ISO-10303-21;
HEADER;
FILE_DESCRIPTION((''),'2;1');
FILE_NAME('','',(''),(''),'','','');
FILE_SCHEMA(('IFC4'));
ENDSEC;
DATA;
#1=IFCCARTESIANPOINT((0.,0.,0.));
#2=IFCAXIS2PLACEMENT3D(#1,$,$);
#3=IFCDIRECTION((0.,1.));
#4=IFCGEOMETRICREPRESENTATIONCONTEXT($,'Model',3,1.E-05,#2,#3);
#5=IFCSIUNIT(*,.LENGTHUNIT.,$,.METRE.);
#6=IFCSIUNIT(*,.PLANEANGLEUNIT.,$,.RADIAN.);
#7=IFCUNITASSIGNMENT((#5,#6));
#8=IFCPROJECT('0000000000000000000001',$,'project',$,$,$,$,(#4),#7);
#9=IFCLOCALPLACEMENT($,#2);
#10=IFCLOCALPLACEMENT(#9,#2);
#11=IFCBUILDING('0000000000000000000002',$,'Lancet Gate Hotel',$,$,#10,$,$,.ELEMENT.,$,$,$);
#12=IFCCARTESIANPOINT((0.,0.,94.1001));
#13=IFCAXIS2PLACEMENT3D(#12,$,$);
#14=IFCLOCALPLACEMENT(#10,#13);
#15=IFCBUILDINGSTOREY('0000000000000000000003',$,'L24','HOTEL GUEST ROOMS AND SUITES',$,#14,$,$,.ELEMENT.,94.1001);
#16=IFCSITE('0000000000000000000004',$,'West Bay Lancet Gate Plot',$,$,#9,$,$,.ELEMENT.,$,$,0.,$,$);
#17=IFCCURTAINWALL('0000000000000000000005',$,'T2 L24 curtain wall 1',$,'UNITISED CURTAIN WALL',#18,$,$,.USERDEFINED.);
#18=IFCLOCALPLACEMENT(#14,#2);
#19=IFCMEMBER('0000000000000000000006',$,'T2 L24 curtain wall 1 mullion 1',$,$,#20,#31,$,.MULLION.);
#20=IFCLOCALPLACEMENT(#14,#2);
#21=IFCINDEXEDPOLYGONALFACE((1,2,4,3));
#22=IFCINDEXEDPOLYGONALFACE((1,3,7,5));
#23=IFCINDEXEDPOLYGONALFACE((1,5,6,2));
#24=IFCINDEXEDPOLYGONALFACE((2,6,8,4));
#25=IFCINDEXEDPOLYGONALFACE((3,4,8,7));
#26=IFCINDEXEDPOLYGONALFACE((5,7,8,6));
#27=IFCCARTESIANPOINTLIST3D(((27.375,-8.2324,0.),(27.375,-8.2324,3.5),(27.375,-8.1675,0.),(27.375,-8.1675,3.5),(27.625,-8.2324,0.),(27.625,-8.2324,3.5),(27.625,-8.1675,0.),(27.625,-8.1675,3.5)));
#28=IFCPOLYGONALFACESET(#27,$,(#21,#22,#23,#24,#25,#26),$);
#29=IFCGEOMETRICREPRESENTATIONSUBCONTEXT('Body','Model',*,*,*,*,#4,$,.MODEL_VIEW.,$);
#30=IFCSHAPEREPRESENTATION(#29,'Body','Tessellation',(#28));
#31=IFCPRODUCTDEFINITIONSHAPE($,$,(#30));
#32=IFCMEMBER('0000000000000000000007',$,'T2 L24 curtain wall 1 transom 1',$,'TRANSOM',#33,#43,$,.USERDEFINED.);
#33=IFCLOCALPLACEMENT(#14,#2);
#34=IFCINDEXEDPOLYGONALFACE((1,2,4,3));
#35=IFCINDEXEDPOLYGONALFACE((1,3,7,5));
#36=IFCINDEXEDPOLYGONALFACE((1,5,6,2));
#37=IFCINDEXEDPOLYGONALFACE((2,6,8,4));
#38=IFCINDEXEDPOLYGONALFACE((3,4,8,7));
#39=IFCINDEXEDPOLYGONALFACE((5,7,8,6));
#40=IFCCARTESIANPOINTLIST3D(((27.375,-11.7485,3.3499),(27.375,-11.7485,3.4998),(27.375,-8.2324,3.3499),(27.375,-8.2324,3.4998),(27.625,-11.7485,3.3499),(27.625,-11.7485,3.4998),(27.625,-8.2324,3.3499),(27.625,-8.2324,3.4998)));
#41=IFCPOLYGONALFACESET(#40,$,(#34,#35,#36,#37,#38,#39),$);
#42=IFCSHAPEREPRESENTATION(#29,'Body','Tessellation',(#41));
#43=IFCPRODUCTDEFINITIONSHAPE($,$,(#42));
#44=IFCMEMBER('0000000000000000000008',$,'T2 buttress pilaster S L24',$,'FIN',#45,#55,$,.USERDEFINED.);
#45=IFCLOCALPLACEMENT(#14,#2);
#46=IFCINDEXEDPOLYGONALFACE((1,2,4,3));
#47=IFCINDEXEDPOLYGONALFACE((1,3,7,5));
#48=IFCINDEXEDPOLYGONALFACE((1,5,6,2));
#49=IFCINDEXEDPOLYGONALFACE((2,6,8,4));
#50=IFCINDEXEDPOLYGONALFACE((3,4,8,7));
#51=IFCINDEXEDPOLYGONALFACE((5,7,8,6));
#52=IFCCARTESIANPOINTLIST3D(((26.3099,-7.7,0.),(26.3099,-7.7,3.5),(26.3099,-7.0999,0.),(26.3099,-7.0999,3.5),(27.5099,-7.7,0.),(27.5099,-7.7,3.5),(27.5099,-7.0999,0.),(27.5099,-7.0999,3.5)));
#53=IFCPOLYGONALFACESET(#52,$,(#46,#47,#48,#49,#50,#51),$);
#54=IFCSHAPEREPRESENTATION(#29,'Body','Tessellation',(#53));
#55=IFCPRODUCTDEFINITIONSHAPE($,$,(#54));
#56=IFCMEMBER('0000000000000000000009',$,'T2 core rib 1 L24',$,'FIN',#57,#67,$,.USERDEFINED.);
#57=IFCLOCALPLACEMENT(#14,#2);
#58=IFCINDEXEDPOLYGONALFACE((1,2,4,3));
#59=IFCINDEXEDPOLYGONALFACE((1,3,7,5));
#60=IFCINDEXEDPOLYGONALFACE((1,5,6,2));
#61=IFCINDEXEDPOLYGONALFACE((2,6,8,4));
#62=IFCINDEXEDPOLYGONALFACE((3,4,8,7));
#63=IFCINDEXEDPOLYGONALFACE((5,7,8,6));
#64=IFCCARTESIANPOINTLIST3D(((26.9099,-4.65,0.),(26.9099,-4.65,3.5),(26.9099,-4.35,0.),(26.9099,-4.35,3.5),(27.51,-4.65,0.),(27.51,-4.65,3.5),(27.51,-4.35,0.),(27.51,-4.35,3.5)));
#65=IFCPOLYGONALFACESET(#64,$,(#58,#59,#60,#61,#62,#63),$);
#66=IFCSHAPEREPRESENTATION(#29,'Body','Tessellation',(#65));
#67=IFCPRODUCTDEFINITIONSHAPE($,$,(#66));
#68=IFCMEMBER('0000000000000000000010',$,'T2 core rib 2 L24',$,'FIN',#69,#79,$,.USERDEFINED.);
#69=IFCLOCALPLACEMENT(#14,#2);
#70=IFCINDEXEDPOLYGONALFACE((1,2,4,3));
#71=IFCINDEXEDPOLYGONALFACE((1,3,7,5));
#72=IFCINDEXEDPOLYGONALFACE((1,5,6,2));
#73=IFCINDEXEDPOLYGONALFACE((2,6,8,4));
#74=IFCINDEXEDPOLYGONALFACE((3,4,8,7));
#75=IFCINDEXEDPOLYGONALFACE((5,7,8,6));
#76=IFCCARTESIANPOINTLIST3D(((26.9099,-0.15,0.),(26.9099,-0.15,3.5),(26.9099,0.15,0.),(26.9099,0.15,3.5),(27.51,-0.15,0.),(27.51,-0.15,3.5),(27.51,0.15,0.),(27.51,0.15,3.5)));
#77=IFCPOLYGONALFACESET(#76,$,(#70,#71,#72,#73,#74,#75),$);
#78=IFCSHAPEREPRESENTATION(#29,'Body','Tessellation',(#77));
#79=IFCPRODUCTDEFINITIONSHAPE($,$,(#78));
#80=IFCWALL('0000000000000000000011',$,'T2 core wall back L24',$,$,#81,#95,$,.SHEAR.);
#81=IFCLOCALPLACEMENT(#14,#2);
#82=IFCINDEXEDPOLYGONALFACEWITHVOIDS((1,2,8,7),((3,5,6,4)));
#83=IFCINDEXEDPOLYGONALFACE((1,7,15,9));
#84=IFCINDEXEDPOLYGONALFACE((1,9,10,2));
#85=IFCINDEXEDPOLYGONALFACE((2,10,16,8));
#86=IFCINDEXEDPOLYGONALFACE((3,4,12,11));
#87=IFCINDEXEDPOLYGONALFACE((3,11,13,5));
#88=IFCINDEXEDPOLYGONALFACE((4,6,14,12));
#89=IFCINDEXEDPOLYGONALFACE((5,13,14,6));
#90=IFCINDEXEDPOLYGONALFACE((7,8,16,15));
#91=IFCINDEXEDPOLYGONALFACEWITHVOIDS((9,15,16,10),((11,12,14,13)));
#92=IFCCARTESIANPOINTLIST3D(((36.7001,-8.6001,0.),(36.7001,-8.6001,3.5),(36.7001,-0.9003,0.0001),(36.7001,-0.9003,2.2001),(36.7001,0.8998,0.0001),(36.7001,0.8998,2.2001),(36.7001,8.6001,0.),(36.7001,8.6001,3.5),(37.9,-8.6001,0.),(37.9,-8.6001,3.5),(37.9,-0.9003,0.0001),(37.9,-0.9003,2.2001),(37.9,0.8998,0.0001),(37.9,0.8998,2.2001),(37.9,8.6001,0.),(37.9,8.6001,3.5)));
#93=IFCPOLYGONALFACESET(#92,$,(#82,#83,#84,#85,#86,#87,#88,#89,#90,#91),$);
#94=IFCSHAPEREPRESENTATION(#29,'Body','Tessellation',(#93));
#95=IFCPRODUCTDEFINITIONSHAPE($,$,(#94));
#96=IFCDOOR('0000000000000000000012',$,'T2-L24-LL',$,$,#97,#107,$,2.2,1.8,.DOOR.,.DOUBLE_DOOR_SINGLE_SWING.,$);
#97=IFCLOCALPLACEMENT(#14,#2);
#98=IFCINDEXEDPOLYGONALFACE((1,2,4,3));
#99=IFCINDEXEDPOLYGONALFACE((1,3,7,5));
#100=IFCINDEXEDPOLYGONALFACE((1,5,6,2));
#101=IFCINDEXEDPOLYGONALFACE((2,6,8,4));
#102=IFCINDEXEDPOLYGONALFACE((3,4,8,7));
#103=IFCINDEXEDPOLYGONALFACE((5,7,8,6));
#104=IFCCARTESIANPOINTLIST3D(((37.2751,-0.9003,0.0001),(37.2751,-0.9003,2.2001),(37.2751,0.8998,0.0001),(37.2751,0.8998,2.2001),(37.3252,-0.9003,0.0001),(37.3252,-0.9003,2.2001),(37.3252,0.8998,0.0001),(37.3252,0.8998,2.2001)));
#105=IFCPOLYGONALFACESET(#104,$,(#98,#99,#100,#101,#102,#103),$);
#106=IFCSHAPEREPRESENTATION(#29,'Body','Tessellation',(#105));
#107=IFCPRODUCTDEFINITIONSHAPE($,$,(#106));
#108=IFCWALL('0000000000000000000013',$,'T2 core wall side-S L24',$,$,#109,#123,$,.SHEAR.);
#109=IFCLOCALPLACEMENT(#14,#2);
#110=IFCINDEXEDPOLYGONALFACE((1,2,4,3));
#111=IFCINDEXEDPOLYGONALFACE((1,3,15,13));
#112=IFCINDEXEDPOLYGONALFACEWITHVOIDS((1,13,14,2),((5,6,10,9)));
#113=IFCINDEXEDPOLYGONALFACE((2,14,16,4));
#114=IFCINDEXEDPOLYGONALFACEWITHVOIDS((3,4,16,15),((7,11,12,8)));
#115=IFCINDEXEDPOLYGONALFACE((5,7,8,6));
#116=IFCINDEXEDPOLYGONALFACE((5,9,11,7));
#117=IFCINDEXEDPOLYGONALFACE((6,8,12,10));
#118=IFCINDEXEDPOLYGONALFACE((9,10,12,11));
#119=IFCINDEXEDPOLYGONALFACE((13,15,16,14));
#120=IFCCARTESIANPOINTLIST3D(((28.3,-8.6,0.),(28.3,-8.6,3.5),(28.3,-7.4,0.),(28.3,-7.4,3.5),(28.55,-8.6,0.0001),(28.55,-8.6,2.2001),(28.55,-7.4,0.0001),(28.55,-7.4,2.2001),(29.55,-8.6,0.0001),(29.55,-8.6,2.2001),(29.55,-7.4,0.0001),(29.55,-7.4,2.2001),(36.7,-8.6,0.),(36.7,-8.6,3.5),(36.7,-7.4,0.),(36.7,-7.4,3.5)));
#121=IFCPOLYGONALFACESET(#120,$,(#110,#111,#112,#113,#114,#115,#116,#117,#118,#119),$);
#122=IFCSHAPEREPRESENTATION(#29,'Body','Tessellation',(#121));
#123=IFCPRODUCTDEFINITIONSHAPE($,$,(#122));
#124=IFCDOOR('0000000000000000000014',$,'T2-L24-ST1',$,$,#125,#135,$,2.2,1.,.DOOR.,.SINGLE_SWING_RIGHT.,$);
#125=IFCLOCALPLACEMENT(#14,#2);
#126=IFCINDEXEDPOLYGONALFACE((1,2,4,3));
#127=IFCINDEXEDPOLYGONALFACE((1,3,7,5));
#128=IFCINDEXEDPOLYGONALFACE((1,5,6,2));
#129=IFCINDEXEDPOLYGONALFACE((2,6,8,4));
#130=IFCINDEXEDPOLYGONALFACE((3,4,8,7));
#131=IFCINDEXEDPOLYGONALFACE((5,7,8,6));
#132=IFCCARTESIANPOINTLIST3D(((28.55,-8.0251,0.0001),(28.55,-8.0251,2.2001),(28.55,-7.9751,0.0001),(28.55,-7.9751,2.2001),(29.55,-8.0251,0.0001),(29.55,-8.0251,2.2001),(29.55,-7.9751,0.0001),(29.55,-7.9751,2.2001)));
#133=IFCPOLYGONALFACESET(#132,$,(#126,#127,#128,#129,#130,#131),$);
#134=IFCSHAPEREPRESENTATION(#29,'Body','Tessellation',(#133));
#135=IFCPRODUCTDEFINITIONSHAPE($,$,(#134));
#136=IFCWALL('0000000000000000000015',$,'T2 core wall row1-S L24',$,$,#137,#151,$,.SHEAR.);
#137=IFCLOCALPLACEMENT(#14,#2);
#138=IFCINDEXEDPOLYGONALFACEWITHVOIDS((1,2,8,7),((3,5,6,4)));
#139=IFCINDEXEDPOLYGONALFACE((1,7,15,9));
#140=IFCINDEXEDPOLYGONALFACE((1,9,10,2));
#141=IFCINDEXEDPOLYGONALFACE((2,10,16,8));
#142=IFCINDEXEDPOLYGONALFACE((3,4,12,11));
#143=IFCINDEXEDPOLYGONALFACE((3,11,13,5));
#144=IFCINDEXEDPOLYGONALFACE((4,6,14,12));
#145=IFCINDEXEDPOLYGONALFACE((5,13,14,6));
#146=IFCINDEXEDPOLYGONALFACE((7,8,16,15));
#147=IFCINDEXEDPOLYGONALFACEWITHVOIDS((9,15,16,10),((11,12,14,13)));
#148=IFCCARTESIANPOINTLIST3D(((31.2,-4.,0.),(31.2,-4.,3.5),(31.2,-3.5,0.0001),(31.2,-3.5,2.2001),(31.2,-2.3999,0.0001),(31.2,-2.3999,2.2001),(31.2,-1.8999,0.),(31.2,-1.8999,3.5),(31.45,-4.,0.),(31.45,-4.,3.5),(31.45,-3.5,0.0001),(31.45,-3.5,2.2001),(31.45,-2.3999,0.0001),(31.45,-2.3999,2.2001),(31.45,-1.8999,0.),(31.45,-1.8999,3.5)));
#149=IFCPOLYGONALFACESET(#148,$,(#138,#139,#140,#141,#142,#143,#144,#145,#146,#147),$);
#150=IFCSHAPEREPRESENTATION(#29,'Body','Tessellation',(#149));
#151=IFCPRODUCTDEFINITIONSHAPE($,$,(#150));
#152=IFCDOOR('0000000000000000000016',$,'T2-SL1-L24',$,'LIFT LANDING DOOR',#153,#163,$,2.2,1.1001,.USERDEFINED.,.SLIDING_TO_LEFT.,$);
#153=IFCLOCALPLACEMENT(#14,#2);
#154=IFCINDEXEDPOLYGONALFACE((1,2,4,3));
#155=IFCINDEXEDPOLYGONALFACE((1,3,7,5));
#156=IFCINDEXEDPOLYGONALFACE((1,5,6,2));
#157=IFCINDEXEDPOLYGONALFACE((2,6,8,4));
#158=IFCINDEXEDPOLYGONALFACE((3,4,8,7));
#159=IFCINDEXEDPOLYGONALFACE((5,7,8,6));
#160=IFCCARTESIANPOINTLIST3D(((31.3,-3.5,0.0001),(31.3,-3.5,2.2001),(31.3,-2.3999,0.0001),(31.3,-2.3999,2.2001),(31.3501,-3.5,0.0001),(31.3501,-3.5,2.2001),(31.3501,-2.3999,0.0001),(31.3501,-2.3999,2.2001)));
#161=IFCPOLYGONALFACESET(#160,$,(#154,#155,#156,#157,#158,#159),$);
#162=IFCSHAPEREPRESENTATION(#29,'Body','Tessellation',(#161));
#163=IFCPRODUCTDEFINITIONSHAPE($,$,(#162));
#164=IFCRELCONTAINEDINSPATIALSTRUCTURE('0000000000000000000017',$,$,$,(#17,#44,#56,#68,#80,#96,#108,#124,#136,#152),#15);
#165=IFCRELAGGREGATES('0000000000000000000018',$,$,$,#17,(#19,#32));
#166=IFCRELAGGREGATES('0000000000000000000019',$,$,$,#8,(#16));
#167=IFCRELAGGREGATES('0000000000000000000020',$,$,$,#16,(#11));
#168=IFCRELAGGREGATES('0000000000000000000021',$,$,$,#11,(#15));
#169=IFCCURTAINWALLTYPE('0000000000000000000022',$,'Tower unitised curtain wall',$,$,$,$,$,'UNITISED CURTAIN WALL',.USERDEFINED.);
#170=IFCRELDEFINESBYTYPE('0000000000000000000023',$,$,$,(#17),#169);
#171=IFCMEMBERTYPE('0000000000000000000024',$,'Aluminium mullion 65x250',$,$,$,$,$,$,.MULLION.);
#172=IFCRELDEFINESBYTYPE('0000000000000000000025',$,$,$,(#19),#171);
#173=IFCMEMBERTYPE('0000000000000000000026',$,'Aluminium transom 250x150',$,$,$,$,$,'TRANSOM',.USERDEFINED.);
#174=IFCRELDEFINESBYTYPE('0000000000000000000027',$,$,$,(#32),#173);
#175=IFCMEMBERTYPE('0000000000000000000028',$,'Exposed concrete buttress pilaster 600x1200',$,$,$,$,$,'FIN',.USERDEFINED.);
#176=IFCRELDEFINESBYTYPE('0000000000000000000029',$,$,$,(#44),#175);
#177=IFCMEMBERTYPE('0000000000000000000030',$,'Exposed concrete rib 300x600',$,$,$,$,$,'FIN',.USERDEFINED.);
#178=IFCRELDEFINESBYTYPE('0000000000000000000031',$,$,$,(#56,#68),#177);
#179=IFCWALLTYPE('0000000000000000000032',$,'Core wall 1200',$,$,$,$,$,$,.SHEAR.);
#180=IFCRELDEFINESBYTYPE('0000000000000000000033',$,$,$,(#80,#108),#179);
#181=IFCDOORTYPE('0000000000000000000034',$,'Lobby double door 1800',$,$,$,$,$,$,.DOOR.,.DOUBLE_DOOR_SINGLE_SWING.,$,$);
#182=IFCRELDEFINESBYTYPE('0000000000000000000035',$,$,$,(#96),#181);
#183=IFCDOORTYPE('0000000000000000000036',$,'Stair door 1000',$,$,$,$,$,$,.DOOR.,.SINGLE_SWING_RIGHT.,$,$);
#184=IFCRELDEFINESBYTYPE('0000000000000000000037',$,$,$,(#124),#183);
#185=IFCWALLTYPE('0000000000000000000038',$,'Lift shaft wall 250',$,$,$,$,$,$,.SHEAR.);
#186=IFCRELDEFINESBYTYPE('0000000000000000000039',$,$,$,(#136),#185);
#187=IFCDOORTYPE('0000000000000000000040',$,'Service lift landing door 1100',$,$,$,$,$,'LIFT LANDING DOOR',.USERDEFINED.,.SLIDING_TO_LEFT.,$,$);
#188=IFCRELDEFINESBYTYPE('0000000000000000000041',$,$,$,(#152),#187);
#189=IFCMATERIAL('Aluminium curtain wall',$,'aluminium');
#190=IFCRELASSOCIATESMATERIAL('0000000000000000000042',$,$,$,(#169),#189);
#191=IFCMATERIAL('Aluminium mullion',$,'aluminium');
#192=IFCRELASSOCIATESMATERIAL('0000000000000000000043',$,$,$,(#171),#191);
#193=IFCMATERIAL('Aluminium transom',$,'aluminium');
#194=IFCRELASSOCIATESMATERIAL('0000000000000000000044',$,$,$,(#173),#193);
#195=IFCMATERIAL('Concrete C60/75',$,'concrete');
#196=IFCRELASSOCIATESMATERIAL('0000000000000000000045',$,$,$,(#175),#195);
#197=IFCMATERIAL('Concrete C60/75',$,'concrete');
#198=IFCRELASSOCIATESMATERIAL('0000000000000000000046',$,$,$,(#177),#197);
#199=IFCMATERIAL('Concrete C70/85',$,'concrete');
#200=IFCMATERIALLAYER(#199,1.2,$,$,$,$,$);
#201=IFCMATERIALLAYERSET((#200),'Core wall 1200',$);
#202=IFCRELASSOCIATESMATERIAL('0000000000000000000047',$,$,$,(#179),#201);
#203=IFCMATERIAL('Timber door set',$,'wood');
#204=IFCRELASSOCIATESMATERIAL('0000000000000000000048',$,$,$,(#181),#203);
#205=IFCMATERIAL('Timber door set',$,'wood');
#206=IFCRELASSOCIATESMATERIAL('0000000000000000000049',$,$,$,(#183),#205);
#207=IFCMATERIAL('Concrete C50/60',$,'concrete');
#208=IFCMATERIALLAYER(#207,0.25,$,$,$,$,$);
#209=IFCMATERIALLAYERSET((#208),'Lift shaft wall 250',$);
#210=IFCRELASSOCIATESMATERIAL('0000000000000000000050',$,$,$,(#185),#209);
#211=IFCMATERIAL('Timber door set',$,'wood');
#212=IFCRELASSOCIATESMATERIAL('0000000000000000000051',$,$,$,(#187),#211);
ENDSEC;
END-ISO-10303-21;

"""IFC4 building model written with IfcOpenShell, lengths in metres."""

from ifc_helpers import new_model, si_unit, direction, frame, frame_2d, origin, origin_2d, place, context, subcontext, project, spatial, rectangle, extrude, material, layer, layer_set, material_profile, profile_set, type_object, element, fill, aggregate, save


model = new_model("IFC4")

# Units and contexts
model_context = context("Model", 3, precision=1e-05, world=origin(), true_north=direction((0.0, 1.0)))
body_context = subcontext(model_context, "Body", "Model", "MODEL_VIEW")
ifc_project = project(units=[si_unit("LENGTHUNIT", "METRE"), si_unit("PLANEANGLEUNIT", "RADIAN")], contexts=[model_context])

# Site, building, storey
site_placement = place(None, origin())
site = spatial("IfcSite", under=ifc_project, at=site_placement, Name="West Bay Lancet Gate Plot", CompositionType="ELEMENT", RefElevation=0.0)
building_placement = place(site_placement, origin())
building = spatial("IfcBuilding", under=site, at=building_placement, Name="Lancet Gate Hotel", CompositionType="ELEMENT")
storey_placement = place(building_placement, frame((0.0, 0.0, 94.1001)))
storey = spatial("IfcBuildingStorey", under=building, at=storey_placement, Name="L24", Description="HOTEL GUEST ROOMS AND SUITES", CompositionType="ELEMENT", Elevation=94.1001)

# Curtain wall, members
ifc_material_1 = material(Name="Aluminium curtain wall", Category="aluminium")
curtain_wall_type = type_object("IfcCurtainWallType", Name="Tower unitised curtain wall", ElementType="UNITISED CURTAIN WALL", PredefinedType="USERDEFINED", material=ifc_material_1)
curtain_wall_placement = place(storey_placement, origin())
curtain_wall = element("IfcCurtainWall", 1, at=curtain_wall_placement, inside=storey, type_object=curtain_wall_type, Name="T2 L24 curtain wall 1", ObjectType="UNITISED CURTAIN WALL", PredefinedType="USERDEFINED")
ifc_material_2 = material(Name="Aluminium mullion", Category="aluminium")
ifc_material_profile_1 = material_profile(ifc_material_2, rectangle(XDim=0.0649, YDim=0.25, at=origin_2d()), Name="MULLION 65x250")
ifc_profile_set_1 = profile_set([ifc_material_profile_1], Name="Aluminium mullion")
member_type_1 = type_object("IfcMemberType", Name="Aluminium mullion 65x250", PredefinedType="MULLION", material=ifc_profile_set_1)
member_1_placement = place(storey_placement, frame((27.5, -8.2, 0.0), z_axis=(0.0, 0.0, 1.0), x_axis=(0.0, -1.0, 0.0)))
member_1 = element("IfcMember", 2, at=member_1_placement, type_object=member_type_1, Name="T2 L24 curtain wall 1 mullion 1", PredefinedType="MULLION", context=body_context, shape_type="SweptSolid", body=[
    extrude(rectangle(XDim=0.0649, YDim=0.25, at=origin_2d()), origin(), (0.0, 0.0, 1.0), 3.5),
])
ifc_material_3 = material(Name="Aluminium transom", Category="aluminium")
ifc_material_profile_2 = material_profile(ifc_material_3, rectangle(XDim=0.25, YDim=0.1499, at=origin_2d()), Name="TRANSOM 250x150")
ifc_profile_set_2 = profile_set([ifc_material_profile_2], Name="Aluminium transom")
member_type_2 = type_object("IfcMemberType", Name="Aluminium transom 250x150", ElementType="TRANSOM", PredefinedType="USERDEFINED", material=ifc_profile_set_2)
member_2_placement = place(storey_placement, frame((27.5, -8.2324, 3.4248), z_axis=(0.0, -1.0, 0.0), x_axis=(1.0, 0.0, 0.0)))
member_2 = element("IfcMember", 3, at=member_2_placement, type_object=member_type_2, Name="T2 L24 curtain wall 1 transom 1", ObjectType="TRANSOM", PredefinedType="USERDEFINED", context=body_context, shape_type="SweptSolid", body=[
    extrude(rectangle(XDim=0.25, YDim=0.1499, at=origin_2d()), origin(), (0.0, 0.0, 1.0), 3.5161),
])
aggregate(curtain_wall, [member_1, member_2])

# Members
ifc_material_4 = material(Name="Concrete C60/75", Category="concrete")
ifc_material_profile_3 = material_profile(ifc_material_4, rectangle(XDim=0.6001, YDim=1.2, at=origin_2d()), Name="FIN 600x1200")
ifc_profile_set_3 = profile_set([ifc_material_profile_3], Name="Concrete C60/75")
member_type_3 = type_object("IfcMemberType", Name="Exposed concrete buttress pilaster 600x1200", ElementType="FIN", PredefinedType="USERDEFINED", material=ifc_profile_set_3)
member_3_placement = place(storey_placement, frame((26.9099, -7.3999, 0.0), z_axis=(0.0, 0.0, 1.0), x_axis=(0.0, 1.0, 0.0)))
element("IfcMember", 4, at=member_3_placement, inside=storey, type_object=member_type_3, Name="T2 buttress pilaster S L24", ObjectType="FIN", PredefinedType="USERDEFINED", context=body_context, shape_type="SweptSolid", body=[
    extrude(rectangle(XDim=0.6001, YDim=1.2, at=origin_2d()), origin(), (0.0, 0.0, 1.0), 3.5),
])
ifc_material_5 = material(Name="Concrete C60/75", Category="concrete")
ifc_material_profile_4 = material_profile(ifc_material_5, rectangle(XDim=0.3, YDim=0.6001, at=origin_2d()), Name="FIN 300x600")
ifc_profile_set_4 = profile_set([ifc_material_profile_4], Name="Concrete C60/75")
member_type_4 = type_object("IfcMemberType", Name="Exposed concrete rib 300x600", ElementType="FIN", PredefinedType="USERDEFINED", material=ifc_profile_set_4)
for number, where, z_axis, x_axis, name in (
    (5, (27.21, -4.5, 0.0), (0.0, 0.0, 1.0), (0.0, 1.0, 0.0), "T2 core rib 1 L24"),
    (6, (27.21, 0.0, 0.0), (0.0, 0.0, 1.0), (0.0, 1.0, 0.0), "T2 core rib 2 L24"),
):
    element("IfcMember", number, at=place(storey_placement, frame(where, z_axis=z_axis, x_axis=x_axis)), inside=storey, type_object=member_type_4, Name=name, ObjectType="FIN", PredefinedType="USERDEFINED", context=body_context, shape_type="SweptSolid", body=[
        extrude(rectangle(XDim=0.3, YDim=0.6001, at=origin_2d()), origin(), (0.0, 0.0, 1.0), 3.5),
    ])

# Walls, openings, doors
ifc_material_6 = material(Name="Concrete C70/85", Category="concrete")
ifc_layer_1 = layer(ifc_material_6, 1.2)
ifc_layer_set_1 = layer_set([ifc_layer_1], Name="Core wall 1200")
wall_type_1 = type_object("IfcWallType", Name="Core wall 1200", PredefinedType="SHEAR", material=ifc_layer_set_1)
wall_1_placement = place(storey_placement, frame((37.3, -8.6001, 0.0), z_axis=(0.0, 0.0, 1.0), x_axis=(0.0, 1.0, 0.0)))
wall_1 = element("IfcWall", 7, at=wall_1_placement, inside=storey, type_object=wall_type_1, Name="T2 core wall back L24", PredefinedType="SHEAR", context=body_context, shape_type="SweptSolid", body=[
    extrude(rectangle(XDim=17.2002, YDim=1.2, at=frame_2d((8.6001, 0.0))), origin(), (0.0, 0.0, 1.0), 3.5),
])
opening_1_placement = place(wall_1_placement, frame((7.7, 0.0, 0.0)))
opening_1 = element("IfcOpeningElement", 8, at=opening_1_placement, cuts=wall_1, PredefinedType="OPENING", context=body_context, shape_type="SweptSolid", body=[
    extrude(rectangle(XDim=1.8, YDim=2.2, at=frame_2d((0.8999, 1.1001))), frame((0.0, 0.6099, 0.0), z_axis=(0.0, -1.0, 0.0), x_axis=(1.0, 0.0, 0.0)), (0.0, 0.0, 1.0), 1.22),
])
ifc_material_7 = material(Name="Timber door set", Category="wood")
door_type_1 = type_object("IfcDoorType", Name="Lobby double door 1800", OperationType="DOUBLE_DOOR_SINGLE_SWING", PredefinedType="DOOR", material=ifc_material_7)
door_1_placement = place(opening_1_placement, origin())
door_1 = element("IfcDoor", 9, at=door_1_placement, inside=storey, type_object=door_type_1, Name="T2-L24-LL", OperationType="DOUBLE_DOOR_SINGLE_SWING", OverallHeight=2.2, OverallWidth=1.8, PredefinedType="DOOR", context=body_context, shape_type="SweptSolid", body=[
    extrude(rectangle(XDim=1.8, YDim=2.2, at=frame_2d((0.8999, 1.1001))), frame((0.0, 0.0249, 0.0), z_axis=(0.0, -1.0, 0.0), x_axis=(1.0, 0.0, 0.0)), (0.0, 0.0, 1.0), 0.05),
])
fill(opening_1, door_1)
wall_2_placement = place(storey_placement, frame((28.3, -8.0, 0.0), z_axis=(0.0, 0.0, 1.0), x_axis=(1.0, 0.0, 0.0)))
wall_2 = element("IfcWall", 10, at=wall_2_placement, inside=storey, type_object=wall_type_1, Name="T2 core wall side-S L24", PredefinedType="SHEAR", context=body_context, shape_type="SweptSolid", body=[
    extrude(rectangle(XDim=8.3999, YDim=1.2, at=frame_2d((4.2, 0.0))), origin(), (0.0, 0.0, 1.0), 3.5),
])
opening_2_placement = place(wall_2_placement, frame((0.25, 0.0, 0.0)))
opening_2 = element("IfcOpeningElement", 11, at=opening_2_placement, cuts=wall_2, PredefinedType="OPENING", context=body_context, shape_type="SweptSolid", body=[
    extrude(rectangle(XDim=1.0, YDim=2.2, at=frame_2d((0.5, 1.1001))), frame((0.0, 0.6099, 0.0), z_axis=(0.0, -1.0, 0.0), x_axis=(1.0, 0.0, 0.0)), (0.0, 0.0, 1.0), 1.22),
])
ifc_material_8 = material(Name="Timber door set", Category="wood")
door_type_2 = type_object("IfcDoorType", Name="Stair door 1000", OperationType="SINGLE_SWING_RIGHT", PredefinedType="DOOR", material=ifc_material_8)
door_2_placement = place(opening_2_placement, origin())
door_2 = element("IfcDoor", 12, at=door_2_placement, inside=storey, type_object=door_type_2, Name="T2-L24-ST1", OperationType="SINGLE_SWING_RIGHT", OverallHeight=2.2, OverallWidth=1.0, PredefinedType="DOOR", context=body_context, shape_type="SweptSolid", body=[
    extrude(rectangle(XDim=1.0, YDim=2.2, at=frame_2d((0.5, 1.1001))), frame((0.0, 0.0249, 0.0), z_axis=(0.0, -1.0, 0.0), x_axis=(1.0, 0.0, 0.0)), (0.0, 0.0, 1.0), 0.05),
])
fill(opening_2, door_2)
ifc_material_9 = material(Name="Concrete C50/60", Category="concrete")
ifc_layer_2 = layer(ifc_material_9, 0.25)
ifc_layer_set_2 = layer_set([ifc_layer_2], Name="Lift shaft wall 250")
wall_type_2 = type_object("IfcWallType", Name="Lift shaft wall 250", PredefinedType="SHEAR", material=ifc_layer_set_2)
wall_3_placement = place(storey_placement, frame((31.325, -4.0, 0.0), z_axis=(0.0, 0.0, 1.0), x_axis=(0.0, 1.0, 0.0)))
wall_3 = element("IfcWall", 13, at=wall_3_placement, inside=storey, type_object=wall_type_2, Name="T2 core wall row1-S L24", PredefinedType="SHEAR", context=body_context, shape_type="SweptSolid", body=[
    extrude(rectangle(XDim=2.1001, YDim=0.25, at=frame_2d((1.05, 0.0))), origin(), (0.0, 0.0, 1.0), 3.5),
])
opening_3_placement = place(wall_3_placement, frame((0.5, 0.0, 0.0)))
opening_3 = element("IfcOpeningElement", 14, at=opening_3_placement, cuts=wall_3, PredefinedType="OPENING", context=body_context, shape_type="SweptSolid", body=[
    extrude(rectangle(XDim=1.1001, YDim=2.2, at=frame_2d((0.55, 1.1001))), frame((0.0, 0.135, 0.0), z_axis=(0.0, -1.0, 0.0), x_axis=(1.0, 0.0, 0.0)), (0.0, 0.0, 1.0), 0.27),
])
ifc_material_10 = material(Name="Timber door set", Category="wood")
door_type_3 = type_object("IfcDoorType", Name="Service lift landing door 1100", ElementType="LIFT LANDING DOOR", OperationType="SLIDING_TO_LEFT", PredefinedType="USERDEFINED", material=ifc_material_10)
door_3_placement = place(opening_3_placement, origin())
door_3 = element("IfcDoor", 15, at=door_3_placement, inside=storey, type_object=door_type_3, Name="T2-SL1-L24", ObjectType="LIFT LANDING DOOR", OperationType="SLIDING_TO_LEFT", OverallHeight=2.2, OverallWidth=1.1001, PredefinedType="USERDEFINED", context=body_context, shape_type="SweptSolid", body=[
    extrude(rectangle(XDim=1.1001, YDim=2.2, at=frame_2d((0.55, 1.1001))), frame((0.0, 0.0249, 0.0), z_axis=(0.0, -1.0, 0.0), x_axis=(1.0, 0.0, 0.0)), (0.0, 0.0, 1.0), 0.05),
])
fill(opening_3, door_3)

save(model, "model.ifc")
